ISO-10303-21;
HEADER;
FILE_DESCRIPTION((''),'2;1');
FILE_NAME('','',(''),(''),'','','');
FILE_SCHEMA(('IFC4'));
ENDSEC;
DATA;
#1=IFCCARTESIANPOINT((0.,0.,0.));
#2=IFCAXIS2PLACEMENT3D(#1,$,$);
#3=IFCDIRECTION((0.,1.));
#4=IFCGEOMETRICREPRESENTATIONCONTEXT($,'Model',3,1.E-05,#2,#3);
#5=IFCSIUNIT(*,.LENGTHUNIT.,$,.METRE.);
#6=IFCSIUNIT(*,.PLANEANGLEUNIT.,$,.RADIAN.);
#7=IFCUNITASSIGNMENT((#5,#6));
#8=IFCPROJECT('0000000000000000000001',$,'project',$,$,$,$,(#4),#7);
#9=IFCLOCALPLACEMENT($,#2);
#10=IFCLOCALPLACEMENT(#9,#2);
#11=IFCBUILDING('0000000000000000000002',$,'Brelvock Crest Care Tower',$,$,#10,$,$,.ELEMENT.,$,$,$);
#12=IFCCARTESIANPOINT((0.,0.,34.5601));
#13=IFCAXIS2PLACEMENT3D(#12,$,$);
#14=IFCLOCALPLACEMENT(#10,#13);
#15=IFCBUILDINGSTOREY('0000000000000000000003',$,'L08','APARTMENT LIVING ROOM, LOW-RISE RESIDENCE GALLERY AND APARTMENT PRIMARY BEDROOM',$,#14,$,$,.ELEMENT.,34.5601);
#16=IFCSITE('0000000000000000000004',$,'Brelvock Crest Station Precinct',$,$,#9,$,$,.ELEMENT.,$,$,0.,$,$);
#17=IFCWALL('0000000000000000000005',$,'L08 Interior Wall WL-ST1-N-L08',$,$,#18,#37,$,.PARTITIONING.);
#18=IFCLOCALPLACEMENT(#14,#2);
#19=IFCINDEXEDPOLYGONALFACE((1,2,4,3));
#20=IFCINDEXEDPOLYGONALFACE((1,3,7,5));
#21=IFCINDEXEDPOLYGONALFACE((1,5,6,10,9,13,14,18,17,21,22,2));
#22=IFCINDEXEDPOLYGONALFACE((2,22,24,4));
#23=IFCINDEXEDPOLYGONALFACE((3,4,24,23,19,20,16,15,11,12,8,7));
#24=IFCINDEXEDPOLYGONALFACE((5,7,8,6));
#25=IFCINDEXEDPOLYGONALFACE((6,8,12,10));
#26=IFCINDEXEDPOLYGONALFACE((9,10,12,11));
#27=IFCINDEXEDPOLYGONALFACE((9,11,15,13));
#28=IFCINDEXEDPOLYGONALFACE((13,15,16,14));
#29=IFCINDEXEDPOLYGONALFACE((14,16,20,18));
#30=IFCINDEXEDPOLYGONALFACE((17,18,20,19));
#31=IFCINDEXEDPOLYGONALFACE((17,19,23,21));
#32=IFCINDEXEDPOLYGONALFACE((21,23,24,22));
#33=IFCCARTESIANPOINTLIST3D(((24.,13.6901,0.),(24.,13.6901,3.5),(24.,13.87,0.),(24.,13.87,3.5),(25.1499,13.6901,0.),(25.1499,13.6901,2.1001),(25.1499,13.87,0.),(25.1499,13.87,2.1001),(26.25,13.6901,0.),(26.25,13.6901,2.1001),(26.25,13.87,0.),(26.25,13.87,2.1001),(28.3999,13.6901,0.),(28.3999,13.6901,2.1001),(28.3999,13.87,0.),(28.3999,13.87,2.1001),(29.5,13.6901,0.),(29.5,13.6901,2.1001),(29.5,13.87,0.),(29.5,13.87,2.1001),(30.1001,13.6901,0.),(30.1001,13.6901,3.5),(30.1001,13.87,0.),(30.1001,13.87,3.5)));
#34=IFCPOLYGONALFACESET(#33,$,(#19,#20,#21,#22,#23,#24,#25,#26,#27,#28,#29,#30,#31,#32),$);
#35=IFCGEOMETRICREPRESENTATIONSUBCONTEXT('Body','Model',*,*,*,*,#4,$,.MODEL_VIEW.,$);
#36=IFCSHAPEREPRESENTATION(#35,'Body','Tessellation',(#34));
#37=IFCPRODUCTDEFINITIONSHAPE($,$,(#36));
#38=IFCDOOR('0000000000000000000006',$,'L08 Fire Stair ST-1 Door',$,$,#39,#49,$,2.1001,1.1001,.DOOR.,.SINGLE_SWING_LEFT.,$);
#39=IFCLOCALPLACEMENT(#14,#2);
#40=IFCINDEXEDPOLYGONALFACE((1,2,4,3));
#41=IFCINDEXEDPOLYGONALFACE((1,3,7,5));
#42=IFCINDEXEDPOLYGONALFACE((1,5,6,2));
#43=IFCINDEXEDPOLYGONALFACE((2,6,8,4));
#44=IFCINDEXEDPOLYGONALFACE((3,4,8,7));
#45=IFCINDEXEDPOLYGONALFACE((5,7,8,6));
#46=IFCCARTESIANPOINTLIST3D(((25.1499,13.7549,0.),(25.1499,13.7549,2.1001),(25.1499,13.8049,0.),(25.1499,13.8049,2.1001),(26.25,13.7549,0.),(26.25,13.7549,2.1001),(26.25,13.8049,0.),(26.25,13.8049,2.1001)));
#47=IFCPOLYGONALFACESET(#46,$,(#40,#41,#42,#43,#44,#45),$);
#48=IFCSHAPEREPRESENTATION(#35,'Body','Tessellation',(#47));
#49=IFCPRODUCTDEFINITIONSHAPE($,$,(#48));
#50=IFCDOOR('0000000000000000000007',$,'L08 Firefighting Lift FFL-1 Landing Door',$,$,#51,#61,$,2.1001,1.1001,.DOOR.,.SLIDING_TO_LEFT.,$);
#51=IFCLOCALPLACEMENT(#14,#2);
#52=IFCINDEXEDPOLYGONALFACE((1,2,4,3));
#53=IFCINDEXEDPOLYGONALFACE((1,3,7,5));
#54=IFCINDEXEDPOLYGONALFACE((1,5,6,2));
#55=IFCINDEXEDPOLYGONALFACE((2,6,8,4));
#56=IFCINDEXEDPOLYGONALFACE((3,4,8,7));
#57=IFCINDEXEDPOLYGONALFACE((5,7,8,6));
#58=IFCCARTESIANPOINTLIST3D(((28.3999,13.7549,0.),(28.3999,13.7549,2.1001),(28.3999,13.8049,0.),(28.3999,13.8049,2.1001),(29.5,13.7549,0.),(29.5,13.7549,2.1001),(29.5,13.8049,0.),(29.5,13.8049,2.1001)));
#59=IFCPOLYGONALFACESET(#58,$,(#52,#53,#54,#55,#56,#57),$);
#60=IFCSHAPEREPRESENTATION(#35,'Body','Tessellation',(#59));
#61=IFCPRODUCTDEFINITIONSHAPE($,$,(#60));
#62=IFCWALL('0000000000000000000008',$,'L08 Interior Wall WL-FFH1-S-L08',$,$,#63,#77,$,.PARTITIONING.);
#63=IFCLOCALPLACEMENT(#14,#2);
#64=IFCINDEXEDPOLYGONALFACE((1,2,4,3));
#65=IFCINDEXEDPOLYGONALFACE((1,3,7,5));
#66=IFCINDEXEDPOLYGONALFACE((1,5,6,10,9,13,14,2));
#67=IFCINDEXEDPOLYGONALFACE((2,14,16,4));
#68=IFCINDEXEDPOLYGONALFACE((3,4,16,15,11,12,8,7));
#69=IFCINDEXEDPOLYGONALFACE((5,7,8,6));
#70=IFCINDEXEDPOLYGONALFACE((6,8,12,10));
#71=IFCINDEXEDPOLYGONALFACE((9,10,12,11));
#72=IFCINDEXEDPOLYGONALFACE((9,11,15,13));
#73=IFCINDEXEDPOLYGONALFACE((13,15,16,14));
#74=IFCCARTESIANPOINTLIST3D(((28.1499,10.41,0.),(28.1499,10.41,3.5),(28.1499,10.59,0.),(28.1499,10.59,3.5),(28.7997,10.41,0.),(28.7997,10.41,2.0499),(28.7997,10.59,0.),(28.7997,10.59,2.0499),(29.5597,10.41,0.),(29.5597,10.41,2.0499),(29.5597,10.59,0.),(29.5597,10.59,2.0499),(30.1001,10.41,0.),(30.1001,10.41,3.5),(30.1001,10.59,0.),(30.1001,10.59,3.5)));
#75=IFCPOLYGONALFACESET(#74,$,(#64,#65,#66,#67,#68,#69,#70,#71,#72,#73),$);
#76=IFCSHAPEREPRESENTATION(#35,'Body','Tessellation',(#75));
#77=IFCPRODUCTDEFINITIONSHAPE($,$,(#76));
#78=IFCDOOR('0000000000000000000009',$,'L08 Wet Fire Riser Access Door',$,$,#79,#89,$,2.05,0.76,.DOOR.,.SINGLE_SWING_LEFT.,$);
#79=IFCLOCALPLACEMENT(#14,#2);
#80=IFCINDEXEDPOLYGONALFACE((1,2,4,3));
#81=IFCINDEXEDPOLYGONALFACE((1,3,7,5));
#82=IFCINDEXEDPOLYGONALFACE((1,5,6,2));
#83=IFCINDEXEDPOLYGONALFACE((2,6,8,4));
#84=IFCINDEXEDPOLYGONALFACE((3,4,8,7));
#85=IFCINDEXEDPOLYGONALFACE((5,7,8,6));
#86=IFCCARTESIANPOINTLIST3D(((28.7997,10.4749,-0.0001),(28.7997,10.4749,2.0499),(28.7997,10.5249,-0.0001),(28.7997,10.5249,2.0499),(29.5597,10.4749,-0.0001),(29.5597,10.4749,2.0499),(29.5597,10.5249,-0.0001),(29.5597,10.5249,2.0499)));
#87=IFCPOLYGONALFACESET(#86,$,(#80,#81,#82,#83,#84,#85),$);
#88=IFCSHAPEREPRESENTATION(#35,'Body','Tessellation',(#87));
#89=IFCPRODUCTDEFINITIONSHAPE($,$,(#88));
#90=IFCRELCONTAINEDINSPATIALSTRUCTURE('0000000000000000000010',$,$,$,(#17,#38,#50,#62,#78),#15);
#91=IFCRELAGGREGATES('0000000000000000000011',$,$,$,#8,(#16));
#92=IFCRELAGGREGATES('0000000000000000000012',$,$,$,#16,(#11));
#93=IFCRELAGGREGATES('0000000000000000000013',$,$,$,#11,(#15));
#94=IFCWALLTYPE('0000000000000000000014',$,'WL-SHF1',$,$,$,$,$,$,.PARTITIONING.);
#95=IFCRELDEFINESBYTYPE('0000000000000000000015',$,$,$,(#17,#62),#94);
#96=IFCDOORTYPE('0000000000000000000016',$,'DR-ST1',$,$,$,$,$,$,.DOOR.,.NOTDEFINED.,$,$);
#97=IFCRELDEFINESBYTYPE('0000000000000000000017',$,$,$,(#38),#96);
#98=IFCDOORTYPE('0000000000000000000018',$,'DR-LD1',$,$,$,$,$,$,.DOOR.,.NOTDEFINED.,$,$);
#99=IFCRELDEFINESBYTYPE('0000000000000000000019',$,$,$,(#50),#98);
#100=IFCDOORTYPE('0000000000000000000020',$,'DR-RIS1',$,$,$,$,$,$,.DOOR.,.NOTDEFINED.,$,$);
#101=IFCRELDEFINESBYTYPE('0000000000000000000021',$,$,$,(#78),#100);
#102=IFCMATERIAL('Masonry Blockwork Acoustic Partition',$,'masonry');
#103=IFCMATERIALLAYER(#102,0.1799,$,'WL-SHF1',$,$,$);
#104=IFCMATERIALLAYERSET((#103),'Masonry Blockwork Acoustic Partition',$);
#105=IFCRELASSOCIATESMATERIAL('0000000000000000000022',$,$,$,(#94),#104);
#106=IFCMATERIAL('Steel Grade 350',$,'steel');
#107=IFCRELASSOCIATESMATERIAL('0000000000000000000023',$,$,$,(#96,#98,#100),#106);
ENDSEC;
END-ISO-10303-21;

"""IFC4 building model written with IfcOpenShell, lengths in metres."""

from ifc_helpers import new_model, si_unit, direction, frame, frame_2d, origin, origin_2d, place, context, subcontext, project, spatial, rectangle, extrude, source, transform, mapped, material, layer, layer_set, type_object, element, fill, save


model = new_model("IFC4")

# Units and contexts
model_context = context("Model", 3, precision=1e-05, world=origin(), true_north=direction((0.0, 1.0)))
body_context = subcontext(model_context, "Body", "Model", "MODEL_VIEW")
ifc_project = project(units=[si_unit("LENGTHUNIT", "METRE"), si_unit("PLANEANGLEUNIT", "RADIAN")], contexts=[model_context])

# Site, building, storey
site_placement = place(None, origin())
site = spatial("IfcSite", under=ifc_project, at=site_placement, Name="Brelvock Crest Station Precinct", CompositionType="ELEMENT", RefElevation=0.0)
building_placement = place(site_placement, origin())
building = spatial("IfcBuilding", under=site, at=building_placement, Name="Brelvock Crest Care Tower", CompositionType="ELEMENT")
storey_placement = place(building_placement, frame((0.0, 0.0, 34.5601)))
storey = spatial("IfcBuildingStorey", under=building, at=storey_placement, Name="L08", Description="APARTMENT LIVING ROOM, LOW-RISE RESIDENCE GALLERY AND APARTMENT PRIMARY BEDROOM", CompositionType="ELEMENT", Elevation=34.5601)

# Shared definitions
ifc_material_1 = material(Name="Steel Grade 350", Category="steel")

# Shared definitions
ifc_material_2 = material(Name="Masonry Blockwork Acoustic Partition", Category="masonry")

# Shared definitions
ifc_layer_1 = layer(ifc_material_2, 0.1799, Name="WL-SHF1")
ifc_layer_set_1 = layer_set([ifc_layer_1], Name="Masonry Blockwork Acoustic Partition")
wall_type_1 = type_object("IfcWallType", Name="WL-SHF1", PredefinedType="PARTITIONING", material=ifc_layer_set_1)

# Wall, openings, doors
wall_1_placement = place(storey_placement, frame((24.0, 13.78, 0.0), z_axis=(0.0, 0.0, 1.0), x_axis=(1.0, 0.0, 0.0)))
wall_1 = element("IfcWall", 1, at=wall_1_placement, inside=storey, type_object=wall_type_1, Name="L08 Interior Wall WL-ST1-N-L08", PredefinedType="PARTITIONING", context=body_context, shape_type="SweptSolid", body=[
    extrude(rectangle(XDim=6.1001, YDim=0.1799, at=frame_2d((3.05, 0.0))), origin(), (0.0, 0.0, 1.0), 3.5),
])
opening_1_placement = place(wall_1_placement, frame((1.1499, 0.0, 0.0)))
opening_1 = element("IfcOpeningElement", 2, at=opening_1_placement, cuts=wall_1, PredefinedType="OPENING", context=body_context, shape_type="SweptSolid", body=[
    extrude(rectangle(XDim=1.1001, YDim=2.1001, at=origin_2d()), frame((0.55, 0.1001, 1.05), z_axis=(0.0, -1.0, 0.0), x_axis=(1.0, 0.0, 0.0)), (0.0, 0.0, 1.0), 0.2),
])
opening_2_placement = place(wall_1_placement, frame((4.3999, 0.0, 0.0)))
opening_2 = element("IfcOpeningElement", 3, at=opening_2_placement, cuts=wall_1, PredefinedType="OPENING", context=body_context, shape_type="SweptSolid", body=[
    extrude(rectangle(XDim=1.1001, YDim=2.1001, at=origin_2d()), frame((0.55, 0.1001, 1.05), z_axis=(0.0, -1.0, 0.0), x_axis=(1.0, 0.0, 0.0)), (0.0, 0.0, 1.0), 0.2),
])
door_type_1 = type_object("IfcDoorType", Name="DR-ST1", OperationType="NOTDEFINED", PredefinedType="DOOR", material=ifc_material_1)
shared_shape_1 = source(origin(), body_context, "Body", "SweptSolid", [
    extrude(rectangle(XDim=1.1001, YDim=2.1001, at=origin_2d()), frame((0.55, 0.0249, 1.05), z_axis=(0.0, -1.0, 0.0), x_axis=(1.0, 0.0, 0.0)), (0.0, 0.0, 1.0), 0.05),
])
door_1_placement = place(opening_1_placement, origin())
door_1 = element("IfcDoor", 4, at=door_1_placement, inside=storey, type_object=door_type_1, Name="L08 Fire Stair ST-1 Door", OperationType="SINGLE_SWING_LEFT", OverallHeight=2.1001, OverallWidth=1.1001, PredefinedType="DOOR", context=body_context, shape_type="MappedRepresentation", body=[
    mapped(shared_shape_1, transform((0.0, 0.0, 0.0), x_axis=(1.0, 0.0, 0.0), y_axis=(0.0, 1.0, 0.0), z_axis=(0.0, 0.0, 1.0), scale=1.0)),
])
fill(opening_1, door_1)
door_type_2 = type_object("IfcDoorType", Name="DR-LD1", OperationType="NOTDEFINED", PredefinedType="DOOR", material=ifc_material_1)
shared_shape_2 = source(origin(), body_context, "Body", "SweptSolid", [
    extrude(rectangle(XDim=1.1001, YDim=2.1001, at=origin_2d()), frame((0.55, 0.0249, 1.05), z_axis=(0.0, -1.0, 0.0), x_axis=(1.0, 0.0, 0.0)), (0.0, 0.0, 1.0), 0.05),
])
door_2_placement = place(opening_2_placement, origin())
door_2 = element("IfcDoor", 5, at=door_2_placement, inside=storey, type_object=door_type_2, Name="L08 Firefighting Lift FFL-1 Landing Door", OperationType="SLIDING_TO_LEFT", OverallHeight=2.1001, OverallWidth=1.1001, PredefinedType="DOOR", context=body_context, shape_type="MappedRepresentation", body=[
    mapped(shared_shape_2, transform((0.0, 0.0, 0.0), x_axis=(1.0, 0.0, 0.0), y_axis=(0.0, 1.0, 0.0), z_axis=(0.0, 0.0, 1.0), scale=1.0)),
])
fill(opening_2, door_2)

# Wall, opening, door
wall_2_placement = place(storey_placement, frame((28.1499, 10.5, 0.0), z_axis=(0.0, 0.0, 1.0), x_axis=(1.0, 0.0, 0.0)))
wall_2 = element("IfcWall", 6, at=wall_2_placement, inside=storey, type_object=wall_type_1, Name="L08 Interior Wall WL-FFH1-S-L08", PredefinedType="PARTITIONING", context=body_context, shape_type="SweptSolid", body=[
    extrude(rectangle(XDim=1.9502, YDim=0.1799, at=frame_2d((0.9751, 0.0))), origin(), (0.0, 0.0, 1.0), 3.5),
])
opening_3_placement = place(wall_2_placement, frame((0.6499, 0.0, 0.0)))
opening_3 = element("IfcOpeningElement", 7, at=opening_3_placement, cuts=wall_2, PredefinedType="OPENING", context=body_context, shape_type="SweptSolid", body=[
    extrude(rectangle(XDim=0.76, YDim=2.05, at=origin_2d()), frame((0.3799, 0.1001, 1.0249), z_axis=(0.0, -1.0, 0.0), x_axis=(1.0, 0.0, 0.0)), (0.0, 0.0, 1.0), 0.2),
])
door_type_3 = type_object("IfcDoorType", Name="DR-RIS1", OperationType="NOTDEFINED", PredefinedType="DOOR", material=ifc_material_1)
shared_shape_3 = source(origin(), body_context, "Body", "SweptSolid", [
    extrude(rectangle(XDim=0.76, YDim=2.05, at=origin_2d()), frame((0.3799, 0.0249, 1.0249), z_axis=(0.0, -1.0, 0.0), x_axis=(1.0, 0.0, 0.0)), (0.0, 0.0, 1.0), 0.05),
])
door_3_placement = place(opening_3_placement, origin())
door_3 = element("IfcDoor", 8, at=door_3_placement, inside=storey, type_object=door_type_3, Name="L08 Wet Fire Riser Access Door", OperationType="SINGLE_SWING_LEFT", OverallHeight=2.05, OverallWidth=0.76, PredefinedType="DOOR", context=body_context, shape_type="MappedRepresentation", body=[
    mapped(shared_shape_3, transform((0.0, 0.0, 0.0), x_axis=(1.0, 0.0, 0.0), y_axis=(0.0, 1.0, 0.0), z_axis=(0.0, 0.0, 1.0), scale=1.0)),
])
fill(opening_3, door_3)

save(model, "model.ifc")
